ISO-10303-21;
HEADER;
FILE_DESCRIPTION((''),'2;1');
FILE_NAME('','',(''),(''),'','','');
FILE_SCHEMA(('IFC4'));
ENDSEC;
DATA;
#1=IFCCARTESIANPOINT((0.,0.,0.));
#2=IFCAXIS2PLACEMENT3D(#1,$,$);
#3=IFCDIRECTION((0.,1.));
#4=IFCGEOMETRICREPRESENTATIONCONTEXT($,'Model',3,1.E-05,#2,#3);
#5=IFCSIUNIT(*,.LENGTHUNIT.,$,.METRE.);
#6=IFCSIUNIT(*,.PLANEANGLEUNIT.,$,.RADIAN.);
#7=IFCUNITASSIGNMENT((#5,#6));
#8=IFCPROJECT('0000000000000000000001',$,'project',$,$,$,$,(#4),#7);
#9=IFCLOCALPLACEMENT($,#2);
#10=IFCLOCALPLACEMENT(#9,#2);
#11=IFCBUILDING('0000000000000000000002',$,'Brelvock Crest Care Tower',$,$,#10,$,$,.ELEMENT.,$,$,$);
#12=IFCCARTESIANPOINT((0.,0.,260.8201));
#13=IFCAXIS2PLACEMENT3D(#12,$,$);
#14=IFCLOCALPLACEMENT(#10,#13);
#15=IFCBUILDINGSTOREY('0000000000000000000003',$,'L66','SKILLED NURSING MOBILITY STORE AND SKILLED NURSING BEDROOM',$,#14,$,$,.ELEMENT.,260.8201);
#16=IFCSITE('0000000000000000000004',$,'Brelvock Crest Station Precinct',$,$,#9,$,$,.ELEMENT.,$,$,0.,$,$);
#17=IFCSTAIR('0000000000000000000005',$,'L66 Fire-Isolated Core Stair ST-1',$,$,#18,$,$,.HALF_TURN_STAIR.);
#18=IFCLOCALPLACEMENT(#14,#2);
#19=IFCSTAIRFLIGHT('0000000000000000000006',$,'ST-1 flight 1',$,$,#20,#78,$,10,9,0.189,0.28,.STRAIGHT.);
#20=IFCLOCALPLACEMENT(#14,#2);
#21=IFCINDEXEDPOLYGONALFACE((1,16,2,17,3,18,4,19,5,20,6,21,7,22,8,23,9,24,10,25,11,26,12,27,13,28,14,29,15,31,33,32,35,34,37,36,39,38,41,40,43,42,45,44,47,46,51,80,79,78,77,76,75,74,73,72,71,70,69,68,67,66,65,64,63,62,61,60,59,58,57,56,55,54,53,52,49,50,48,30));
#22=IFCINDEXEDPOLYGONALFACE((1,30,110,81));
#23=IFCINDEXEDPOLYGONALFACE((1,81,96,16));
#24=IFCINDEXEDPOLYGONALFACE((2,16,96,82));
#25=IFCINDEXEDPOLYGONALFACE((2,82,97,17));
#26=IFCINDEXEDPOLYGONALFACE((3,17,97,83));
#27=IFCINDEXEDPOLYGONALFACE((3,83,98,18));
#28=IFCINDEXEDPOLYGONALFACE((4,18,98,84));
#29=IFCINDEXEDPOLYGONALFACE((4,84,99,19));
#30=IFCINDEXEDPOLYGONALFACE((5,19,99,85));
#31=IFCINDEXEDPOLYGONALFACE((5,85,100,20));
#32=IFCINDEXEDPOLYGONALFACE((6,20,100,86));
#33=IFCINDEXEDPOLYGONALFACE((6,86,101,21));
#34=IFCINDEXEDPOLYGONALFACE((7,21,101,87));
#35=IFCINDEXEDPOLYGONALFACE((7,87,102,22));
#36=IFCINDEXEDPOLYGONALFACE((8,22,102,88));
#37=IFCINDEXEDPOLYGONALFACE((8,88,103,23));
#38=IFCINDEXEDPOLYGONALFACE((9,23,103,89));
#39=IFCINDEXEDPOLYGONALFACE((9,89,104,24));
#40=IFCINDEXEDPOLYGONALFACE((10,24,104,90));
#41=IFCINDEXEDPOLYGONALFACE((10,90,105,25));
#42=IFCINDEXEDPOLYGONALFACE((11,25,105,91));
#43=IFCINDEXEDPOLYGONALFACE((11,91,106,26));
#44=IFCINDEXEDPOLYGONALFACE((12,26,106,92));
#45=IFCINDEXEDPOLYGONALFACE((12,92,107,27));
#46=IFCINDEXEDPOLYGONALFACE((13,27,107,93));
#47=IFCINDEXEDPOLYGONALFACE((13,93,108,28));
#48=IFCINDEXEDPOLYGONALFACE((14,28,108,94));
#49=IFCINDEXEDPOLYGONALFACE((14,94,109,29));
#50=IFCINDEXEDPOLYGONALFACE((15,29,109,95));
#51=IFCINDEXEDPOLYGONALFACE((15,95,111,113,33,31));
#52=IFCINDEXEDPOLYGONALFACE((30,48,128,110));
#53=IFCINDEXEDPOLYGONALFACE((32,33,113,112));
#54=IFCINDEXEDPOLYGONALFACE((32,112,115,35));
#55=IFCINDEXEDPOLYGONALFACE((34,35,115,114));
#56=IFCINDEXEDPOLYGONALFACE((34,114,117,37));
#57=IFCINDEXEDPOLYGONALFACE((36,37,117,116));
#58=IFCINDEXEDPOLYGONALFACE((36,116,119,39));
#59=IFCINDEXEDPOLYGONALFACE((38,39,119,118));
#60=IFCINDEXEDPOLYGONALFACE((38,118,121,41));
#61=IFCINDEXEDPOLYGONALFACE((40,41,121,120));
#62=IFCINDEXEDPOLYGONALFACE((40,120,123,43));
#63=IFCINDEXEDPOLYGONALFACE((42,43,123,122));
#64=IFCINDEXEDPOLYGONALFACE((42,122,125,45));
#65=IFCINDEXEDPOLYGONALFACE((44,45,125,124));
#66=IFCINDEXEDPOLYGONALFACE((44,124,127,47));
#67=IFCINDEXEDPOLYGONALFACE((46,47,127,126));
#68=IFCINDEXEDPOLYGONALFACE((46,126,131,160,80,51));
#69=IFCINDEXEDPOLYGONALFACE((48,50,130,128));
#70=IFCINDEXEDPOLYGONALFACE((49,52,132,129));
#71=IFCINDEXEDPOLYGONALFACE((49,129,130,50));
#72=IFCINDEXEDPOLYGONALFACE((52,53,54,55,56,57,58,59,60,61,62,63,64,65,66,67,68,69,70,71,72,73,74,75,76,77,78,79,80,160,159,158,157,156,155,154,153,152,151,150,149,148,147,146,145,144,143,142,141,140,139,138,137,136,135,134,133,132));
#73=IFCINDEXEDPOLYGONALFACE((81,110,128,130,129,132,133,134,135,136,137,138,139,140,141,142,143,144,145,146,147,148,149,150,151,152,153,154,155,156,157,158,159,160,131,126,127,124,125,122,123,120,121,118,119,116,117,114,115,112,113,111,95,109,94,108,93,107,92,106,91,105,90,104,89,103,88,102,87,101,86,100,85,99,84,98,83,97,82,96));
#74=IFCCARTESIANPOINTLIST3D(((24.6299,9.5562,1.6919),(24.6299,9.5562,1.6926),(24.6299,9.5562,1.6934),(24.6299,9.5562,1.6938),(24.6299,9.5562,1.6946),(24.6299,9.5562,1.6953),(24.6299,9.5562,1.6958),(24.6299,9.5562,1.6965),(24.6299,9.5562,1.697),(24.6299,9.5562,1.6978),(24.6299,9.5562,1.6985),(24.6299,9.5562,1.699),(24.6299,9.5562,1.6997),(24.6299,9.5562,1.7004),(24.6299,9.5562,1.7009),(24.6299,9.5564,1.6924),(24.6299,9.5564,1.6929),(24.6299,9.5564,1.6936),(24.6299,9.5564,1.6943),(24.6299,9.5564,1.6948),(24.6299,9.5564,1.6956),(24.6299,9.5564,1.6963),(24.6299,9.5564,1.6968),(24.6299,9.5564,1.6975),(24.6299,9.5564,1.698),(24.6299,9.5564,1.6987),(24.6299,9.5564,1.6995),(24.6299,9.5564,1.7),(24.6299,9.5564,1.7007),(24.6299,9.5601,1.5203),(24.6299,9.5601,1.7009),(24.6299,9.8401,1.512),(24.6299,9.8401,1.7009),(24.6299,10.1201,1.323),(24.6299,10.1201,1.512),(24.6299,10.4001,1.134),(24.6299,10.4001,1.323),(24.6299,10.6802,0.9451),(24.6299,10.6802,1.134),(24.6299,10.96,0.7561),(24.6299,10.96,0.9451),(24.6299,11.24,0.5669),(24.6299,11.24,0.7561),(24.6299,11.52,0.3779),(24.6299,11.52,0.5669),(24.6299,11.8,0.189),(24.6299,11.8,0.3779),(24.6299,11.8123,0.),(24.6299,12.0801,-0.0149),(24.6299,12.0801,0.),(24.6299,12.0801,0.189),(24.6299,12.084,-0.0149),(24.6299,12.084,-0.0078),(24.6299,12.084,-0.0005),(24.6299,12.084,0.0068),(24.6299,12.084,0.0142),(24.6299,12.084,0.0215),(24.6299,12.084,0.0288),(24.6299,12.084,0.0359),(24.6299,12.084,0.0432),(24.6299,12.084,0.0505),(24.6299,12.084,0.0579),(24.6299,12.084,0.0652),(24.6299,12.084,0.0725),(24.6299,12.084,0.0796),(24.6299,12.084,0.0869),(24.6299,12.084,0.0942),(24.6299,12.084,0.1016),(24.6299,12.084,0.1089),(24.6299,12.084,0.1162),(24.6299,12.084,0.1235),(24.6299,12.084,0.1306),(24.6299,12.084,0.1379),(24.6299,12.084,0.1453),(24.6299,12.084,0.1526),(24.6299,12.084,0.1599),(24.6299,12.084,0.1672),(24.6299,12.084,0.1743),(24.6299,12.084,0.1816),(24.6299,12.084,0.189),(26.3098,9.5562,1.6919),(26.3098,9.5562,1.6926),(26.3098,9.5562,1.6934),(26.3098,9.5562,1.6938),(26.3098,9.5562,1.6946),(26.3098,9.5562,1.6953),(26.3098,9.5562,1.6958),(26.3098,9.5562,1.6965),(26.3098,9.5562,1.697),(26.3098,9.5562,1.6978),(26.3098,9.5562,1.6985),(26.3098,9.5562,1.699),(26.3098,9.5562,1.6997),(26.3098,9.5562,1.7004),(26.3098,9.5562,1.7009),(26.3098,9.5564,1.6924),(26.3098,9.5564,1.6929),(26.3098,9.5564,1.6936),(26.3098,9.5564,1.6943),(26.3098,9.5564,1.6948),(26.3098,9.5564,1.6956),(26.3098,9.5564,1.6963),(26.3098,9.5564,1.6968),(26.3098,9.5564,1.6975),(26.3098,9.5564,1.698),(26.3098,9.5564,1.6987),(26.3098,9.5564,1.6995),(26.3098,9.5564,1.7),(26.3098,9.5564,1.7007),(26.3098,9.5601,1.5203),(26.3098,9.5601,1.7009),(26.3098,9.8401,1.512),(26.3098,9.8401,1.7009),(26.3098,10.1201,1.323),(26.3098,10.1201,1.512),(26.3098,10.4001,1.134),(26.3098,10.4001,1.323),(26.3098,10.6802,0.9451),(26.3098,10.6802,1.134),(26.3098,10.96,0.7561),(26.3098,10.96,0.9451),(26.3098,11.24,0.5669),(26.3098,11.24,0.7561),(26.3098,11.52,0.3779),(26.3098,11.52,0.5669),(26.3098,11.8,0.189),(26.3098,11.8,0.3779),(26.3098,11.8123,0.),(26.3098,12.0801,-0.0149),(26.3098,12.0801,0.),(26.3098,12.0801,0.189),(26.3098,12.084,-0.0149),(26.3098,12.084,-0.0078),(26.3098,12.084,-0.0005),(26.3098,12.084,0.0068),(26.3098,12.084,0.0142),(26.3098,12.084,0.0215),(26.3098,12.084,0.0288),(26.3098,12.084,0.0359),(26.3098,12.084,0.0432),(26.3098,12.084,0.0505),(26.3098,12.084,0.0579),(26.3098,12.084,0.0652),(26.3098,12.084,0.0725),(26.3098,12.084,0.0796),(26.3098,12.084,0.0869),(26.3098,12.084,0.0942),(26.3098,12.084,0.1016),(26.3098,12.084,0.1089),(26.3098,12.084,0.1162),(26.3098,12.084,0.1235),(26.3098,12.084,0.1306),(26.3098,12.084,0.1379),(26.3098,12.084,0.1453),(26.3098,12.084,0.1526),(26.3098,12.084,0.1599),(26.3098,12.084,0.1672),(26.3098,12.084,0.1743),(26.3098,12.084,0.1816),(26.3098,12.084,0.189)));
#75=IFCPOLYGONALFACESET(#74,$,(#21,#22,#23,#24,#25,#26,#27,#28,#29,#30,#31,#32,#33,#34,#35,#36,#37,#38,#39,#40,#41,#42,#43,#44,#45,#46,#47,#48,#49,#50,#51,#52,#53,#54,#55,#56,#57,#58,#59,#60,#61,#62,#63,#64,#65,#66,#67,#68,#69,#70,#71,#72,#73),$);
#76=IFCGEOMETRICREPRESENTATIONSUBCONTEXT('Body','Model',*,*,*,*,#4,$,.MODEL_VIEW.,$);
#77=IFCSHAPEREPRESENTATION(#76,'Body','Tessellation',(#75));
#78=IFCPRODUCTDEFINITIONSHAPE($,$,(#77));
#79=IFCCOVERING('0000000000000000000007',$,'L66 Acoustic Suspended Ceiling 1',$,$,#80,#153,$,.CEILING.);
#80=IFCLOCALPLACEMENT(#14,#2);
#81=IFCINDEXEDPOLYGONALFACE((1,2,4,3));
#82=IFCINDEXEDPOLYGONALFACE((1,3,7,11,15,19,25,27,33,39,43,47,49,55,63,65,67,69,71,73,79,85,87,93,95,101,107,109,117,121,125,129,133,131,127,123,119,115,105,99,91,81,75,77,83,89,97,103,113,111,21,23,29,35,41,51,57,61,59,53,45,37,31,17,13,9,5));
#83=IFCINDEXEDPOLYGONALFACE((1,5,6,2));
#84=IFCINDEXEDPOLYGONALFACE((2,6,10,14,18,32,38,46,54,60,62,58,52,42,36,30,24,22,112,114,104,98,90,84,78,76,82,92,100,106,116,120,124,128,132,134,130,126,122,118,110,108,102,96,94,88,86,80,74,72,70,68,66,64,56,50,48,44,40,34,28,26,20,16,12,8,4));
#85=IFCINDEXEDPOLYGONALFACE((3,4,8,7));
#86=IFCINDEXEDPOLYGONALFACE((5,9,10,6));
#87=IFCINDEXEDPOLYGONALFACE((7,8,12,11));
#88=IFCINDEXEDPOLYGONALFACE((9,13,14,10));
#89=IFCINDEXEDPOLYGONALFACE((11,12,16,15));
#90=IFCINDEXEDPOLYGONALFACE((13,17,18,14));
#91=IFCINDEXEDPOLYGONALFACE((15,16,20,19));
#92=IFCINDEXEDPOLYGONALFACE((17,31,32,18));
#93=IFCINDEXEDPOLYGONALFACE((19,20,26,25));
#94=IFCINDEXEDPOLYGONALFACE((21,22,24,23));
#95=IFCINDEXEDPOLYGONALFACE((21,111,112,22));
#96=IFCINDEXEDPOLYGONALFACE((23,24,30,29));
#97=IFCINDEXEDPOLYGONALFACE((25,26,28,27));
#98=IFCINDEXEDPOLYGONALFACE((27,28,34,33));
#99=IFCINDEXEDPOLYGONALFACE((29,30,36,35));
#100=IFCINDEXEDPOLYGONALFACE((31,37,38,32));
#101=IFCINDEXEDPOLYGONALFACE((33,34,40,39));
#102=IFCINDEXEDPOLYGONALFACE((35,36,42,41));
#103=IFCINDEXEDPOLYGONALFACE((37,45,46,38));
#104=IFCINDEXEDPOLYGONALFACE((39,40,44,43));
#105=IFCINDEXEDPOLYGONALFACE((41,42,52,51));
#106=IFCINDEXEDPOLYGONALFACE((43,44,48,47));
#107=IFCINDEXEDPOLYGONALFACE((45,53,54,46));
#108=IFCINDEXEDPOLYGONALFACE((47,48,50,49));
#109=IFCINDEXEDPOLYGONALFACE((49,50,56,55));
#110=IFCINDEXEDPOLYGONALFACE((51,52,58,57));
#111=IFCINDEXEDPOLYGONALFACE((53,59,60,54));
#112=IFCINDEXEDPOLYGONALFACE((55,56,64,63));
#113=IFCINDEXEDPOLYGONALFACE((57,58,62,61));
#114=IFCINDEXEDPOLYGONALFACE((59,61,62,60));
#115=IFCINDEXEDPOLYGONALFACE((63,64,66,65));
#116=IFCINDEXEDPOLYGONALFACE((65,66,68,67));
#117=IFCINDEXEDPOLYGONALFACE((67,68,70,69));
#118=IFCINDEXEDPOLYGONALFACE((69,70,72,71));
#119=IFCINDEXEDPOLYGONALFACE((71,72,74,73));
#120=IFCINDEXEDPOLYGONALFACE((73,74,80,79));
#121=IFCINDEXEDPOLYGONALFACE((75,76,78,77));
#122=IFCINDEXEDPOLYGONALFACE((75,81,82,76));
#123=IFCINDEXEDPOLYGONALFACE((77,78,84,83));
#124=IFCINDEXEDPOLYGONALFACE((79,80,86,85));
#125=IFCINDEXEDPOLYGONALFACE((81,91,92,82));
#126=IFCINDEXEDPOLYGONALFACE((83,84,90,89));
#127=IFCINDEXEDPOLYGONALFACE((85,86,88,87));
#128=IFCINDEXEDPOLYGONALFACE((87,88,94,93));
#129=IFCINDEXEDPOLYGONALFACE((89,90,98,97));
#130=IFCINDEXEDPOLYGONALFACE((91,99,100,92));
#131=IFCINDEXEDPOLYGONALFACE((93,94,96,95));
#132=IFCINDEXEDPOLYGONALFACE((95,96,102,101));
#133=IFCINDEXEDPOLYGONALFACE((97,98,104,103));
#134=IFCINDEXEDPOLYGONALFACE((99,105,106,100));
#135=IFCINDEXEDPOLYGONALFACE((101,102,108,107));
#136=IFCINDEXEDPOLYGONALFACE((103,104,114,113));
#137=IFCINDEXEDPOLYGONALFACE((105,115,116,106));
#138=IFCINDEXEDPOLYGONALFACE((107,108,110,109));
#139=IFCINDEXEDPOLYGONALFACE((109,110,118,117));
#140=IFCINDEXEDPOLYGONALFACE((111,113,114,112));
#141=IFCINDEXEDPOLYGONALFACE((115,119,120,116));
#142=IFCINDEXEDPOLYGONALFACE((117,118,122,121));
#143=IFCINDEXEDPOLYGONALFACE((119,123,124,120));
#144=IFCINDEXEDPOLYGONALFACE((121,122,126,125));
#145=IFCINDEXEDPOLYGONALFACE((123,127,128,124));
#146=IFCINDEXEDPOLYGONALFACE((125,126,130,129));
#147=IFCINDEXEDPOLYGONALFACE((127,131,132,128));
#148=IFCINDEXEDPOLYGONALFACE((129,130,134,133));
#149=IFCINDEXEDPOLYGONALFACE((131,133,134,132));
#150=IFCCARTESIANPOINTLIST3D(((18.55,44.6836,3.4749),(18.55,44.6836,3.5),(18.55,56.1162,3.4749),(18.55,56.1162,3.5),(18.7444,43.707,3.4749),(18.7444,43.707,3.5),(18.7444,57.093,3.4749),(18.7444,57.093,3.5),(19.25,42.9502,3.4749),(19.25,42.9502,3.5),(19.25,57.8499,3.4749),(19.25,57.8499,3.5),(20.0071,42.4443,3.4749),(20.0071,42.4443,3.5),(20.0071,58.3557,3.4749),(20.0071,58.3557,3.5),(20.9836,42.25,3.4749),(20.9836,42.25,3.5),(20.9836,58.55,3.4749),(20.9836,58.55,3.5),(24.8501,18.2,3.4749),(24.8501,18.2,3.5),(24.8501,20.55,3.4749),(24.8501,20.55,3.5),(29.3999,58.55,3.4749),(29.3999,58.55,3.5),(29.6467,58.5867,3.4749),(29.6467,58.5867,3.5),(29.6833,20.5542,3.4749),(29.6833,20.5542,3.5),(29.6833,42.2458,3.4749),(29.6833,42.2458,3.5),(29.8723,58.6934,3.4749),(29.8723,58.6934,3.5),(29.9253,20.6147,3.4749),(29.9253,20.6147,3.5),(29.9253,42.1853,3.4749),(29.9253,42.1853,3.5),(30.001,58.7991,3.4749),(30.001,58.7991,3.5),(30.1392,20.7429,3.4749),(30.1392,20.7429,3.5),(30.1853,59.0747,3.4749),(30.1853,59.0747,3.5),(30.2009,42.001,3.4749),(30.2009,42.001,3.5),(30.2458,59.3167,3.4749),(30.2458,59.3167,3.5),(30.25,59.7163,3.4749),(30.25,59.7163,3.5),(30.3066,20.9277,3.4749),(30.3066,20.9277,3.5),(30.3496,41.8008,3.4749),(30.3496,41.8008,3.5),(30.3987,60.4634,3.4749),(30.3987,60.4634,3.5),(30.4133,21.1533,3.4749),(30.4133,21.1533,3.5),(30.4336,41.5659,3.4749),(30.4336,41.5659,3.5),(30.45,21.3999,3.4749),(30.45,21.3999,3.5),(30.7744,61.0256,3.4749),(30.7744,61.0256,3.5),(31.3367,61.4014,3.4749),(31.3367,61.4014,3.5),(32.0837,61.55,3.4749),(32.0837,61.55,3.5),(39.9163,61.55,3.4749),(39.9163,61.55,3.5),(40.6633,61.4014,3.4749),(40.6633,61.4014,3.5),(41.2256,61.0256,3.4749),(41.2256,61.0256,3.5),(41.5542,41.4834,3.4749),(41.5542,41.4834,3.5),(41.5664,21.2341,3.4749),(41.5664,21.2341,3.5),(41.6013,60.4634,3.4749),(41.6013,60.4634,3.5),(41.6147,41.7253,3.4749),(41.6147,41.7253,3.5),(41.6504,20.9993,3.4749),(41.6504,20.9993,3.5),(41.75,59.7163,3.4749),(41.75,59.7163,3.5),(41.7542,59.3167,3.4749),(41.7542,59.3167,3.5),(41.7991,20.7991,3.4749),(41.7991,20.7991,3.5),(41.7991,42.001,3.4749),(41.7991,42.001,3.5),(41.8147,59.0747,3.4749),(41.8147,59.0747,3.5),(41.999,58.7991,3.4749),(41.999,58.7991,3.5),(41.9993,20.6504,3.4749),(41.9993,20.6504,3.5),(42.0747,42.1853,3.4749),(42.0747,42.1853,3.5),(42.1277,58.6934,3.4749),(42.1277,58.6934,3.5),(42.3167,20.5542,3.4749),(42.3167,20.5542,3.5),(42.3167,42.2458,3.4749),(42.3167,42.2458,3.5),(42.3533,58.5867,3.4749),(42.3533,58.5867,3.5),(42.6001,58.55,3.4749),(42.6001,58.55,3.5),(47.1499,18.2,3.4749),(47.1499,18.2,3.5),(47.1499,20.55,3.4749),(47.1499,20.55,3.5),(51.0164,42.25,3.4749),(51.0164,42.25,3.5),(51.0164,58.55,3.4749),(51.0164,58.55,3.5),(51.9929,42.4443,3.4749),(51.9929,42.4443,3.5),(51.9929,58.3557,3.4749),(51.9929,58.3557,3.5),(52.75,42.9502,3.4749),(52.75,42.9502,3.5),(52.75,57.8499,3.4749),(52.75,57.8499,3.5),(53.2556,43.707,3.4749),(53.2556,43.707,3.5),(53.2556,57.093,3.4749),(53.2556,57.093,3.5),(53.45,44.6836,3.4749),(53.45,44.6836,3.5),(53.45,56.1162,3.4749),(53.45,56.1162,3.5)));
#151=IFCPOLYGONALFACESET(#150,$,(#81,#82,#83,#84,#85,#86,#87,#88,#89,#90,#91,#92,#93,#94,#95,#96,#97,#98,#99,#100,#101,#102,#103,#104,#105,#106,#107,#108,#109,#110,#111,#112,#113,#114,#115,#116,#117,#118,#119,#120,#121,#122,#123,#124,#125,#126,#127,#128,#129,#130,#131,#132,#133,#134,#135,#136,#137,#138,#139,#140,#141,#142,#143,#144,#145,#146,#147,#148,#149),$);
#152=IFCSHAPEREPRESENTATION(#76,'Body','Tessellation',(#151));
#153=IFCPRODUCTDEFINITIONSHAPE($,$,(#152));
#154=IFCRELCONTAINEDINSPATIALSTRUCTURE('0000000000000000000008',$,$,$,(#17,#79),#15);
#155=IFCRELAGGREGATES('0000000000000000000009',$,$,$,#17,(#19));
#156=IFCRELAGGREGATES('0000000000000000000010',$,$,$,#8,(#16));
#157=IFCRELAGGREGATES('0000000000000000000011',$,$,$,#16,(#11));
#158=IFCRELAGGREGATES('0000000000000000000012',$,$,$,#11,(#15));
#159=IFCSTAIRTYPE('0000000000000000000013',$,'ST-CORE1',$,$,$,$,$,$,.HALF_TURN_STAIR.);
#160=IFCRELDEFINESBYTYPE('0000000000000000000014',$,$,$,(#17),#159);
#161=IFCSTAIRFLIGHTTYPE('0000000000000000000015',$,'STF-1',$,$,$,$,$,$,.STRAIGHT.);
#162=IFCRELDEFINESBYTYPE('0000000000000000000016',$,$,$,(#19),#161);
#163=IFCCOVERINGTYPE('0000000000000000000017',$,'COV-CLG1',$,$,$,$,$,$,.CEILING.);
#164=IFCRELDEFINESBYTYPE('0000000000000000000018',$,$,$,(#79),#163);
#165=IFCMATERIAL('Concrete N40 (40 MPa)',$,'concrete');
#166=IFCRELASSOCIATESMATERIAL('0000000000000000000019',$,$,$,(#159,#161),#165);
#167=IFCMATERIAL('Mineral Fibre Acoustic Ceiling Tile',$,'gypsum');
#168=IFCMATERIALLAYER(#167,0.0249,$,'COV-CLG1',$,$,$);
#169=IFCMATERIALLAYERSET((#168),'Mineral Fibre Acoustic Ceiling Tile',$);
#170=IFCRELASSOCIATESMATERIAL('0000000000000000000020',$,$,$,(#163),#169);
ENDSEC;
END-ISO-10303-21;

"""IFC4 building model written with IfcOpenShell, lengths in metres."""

from ifc_helpers import new_model, si_unit, direction, frame, origin, place, context, subcontext, project, spatial, polyline, outline, extrude, material, layer, layer_set, type_object, element, aggregate, save


model = new_model("IFC4")

# Units and contexts
model_context = context("Model", 3, precision=1e-05, world=origin(), true_north=direction((0.0, 1.0)))
body_context = subcontext(model_context, "Body", "Model", "MODEL_VIEW")
ifc_project = project(units=[si_unit("LENGTHUNIT", "METRE"), si_unit("PLANEANGLEUNIT", "RADIAN")], contexts=[model_context])

# Site, building, storey
site_placement = place(None, origin())
site = spatial("IfcSite", under=ifc_project, at=site_placement, Name="Brelvock Crest Station Precinct", CompositionType="ELEMENT", RefElevation=0.0)
building_placement = place(site_placement, origin())
building = spatial("IfcBuilding", under=site, at=building_placement, Name="Brelvock Crest Care Tower", CompositionType="ELEMENT")
storey_placement = place(building_placement, frame((0.0, 0.0, 260.8201)))
storey = spatial("IfcBuildingStorey", under=building, at=storey_placement, Name="L66", Description="SKILLED NURSING MOBILITY STORE AND SKILLED NURSING BEDROOM", CompositionType="ELEMENT", Elevation=260.8201)

# Stair
ifc_material_1 = material(Name="Concrete N40 (40 MPa)", Category="concrete")
stair_type = type_object("IfcStairType", Name="ST-CORE1", PredefinedType="HALF_TURN_STAIR", material=ifc_material_1)
stair_1_placement = place(storey_placement, origin())
stair_1 = element("IfcStair", 1, at=stair_1_placement, inside=storey, type_object=stair_type, Name="L66 Fire-Isolated Core Stair ST-1", PredefinedType="HALF_TURN_STAIR")

# Stair flight
stair_flight_type = type_object("IfcStairFlightType", Name="STF-1", PredefinedType="STRAIGHT", material=ifc_material_1)
stair_flight_placement = place(storey_placement, frame((25.47, 12.0801, 0.0), z_axis=(0.0, 0.0, 1.0), x_axis=(0.0, -1.0, 0.0)))
stair_flight = element("IfcStairFlight", 2, at=stair_flight_placement, type_object=stair_flight_type, Name="ST-1 flight 1", NumberOfRisers=10, NumberOfTreads=9, PredefinedType="STRAIGHT", RiserHeight=0.189, TreadLength=0.28, context=body_context, shape_type="SweptSolid", body=[
    extrude(outline(polyline([(-0.0039, -0.0149), (-0.0039, -0.0078), (-0.0039, -0.0005), (-0.0039, 0.0068), (-0.0039, 0.0142), (-0.0039, 0.0215), (-0.0039, 0.0288), (-0.0039, 0.0359), (-0.0039, 0.0432), (-0.0039, 0.0505), (-0.0039, 0.0579), (-0.0039, 0.0652), (-0.0039, 0.0725), (-0.0039, 0.0796), (-0.0039, 0.0869), (-0.0039, 0.0942), (-0.0039, 0.1016), (-0.0039, 0.1089), (-0.0039, 0.1162), (-0.0039, 0.1235), (-0.0039, 0.1306), (-0.0039, 0.1379), (-0.0039, 0.1453), (-0.0039, 0.1526), (-0.0039, 0.1599), (-0.0039, 0.1672), (-0.0039, 0.1743), (-0.0039, 0.1816), (-0.0039, 0.189), (0.0, 0.189), (0.28, 0.189), (0.28, 0.3779), (0.5601, 0.3779), (0.5601, 0.5669), (0.8401, 0.5669), (0.8401, 0.7561), (1.1201, 0.7561), (1.1201, 0.9451), (1.3999, 0.9451), (1.3999, 1.134), (1.6799, 1.134), (1.6799, 1.323), (1.96, 1.323), (1.96, 1.512), (2.24, 1.512), (2.24, 1.7009), (2.52, 1.7009), (2.5239, 1.7009), (2.5237, 1.7007), (2.5239, 1.7004), (2.5237, 1.7), (2.5239, 1.6997), (2.5237, 1.6995), (2.5239, 1.699), (2.5237, 1.6987), (2.5239, 1.6985), (2.5237, 1.698), (2.5239, 1.6978), (2.5237, 1.6975), (2.5239, 1.697), (2.5237, 1.6968), (2.5239, 1.6965), (2.5237, 1.6963), (2.5239, 1.6958), (2.5237, 1.6956), (2.5239, 1.6953), (2.5237, 1.6948), (2.5239, 1.6946), (2.5237, 1.6943), (2.5239, 1.6938), (2.5237, 1.6936), (2.5239, 1.6934), (2.5237, 1.6929), (2.5239, 1.6926), (2.5237, 1.6924), (2.5239, 1.6919), (2.52, 1.5203), (0.2678, 0.0), (0.0, 0.0), (0.0, -0.0149), (-0.0039, -0.0149)])), frame((0.0, 0.8398, 0.0), z_axis=(0.0, -1.0, 0.0), x_axis=(1.0, 0.0, 0.0)), (0.0, 0.0, 1.0), 1.6799),
])
aggregate(stair_1, [stair_flight])

# Covering
ifc_material_2 = material(Name="Mineral Fibre Acoustic Ceiling Tile", Category="gypsum")
ifc_layer_1 = layer(ifc_material_2, 0.0249, Name="COV-CLG1")
ifc_layer_set_1 = layer_set([ifc_layer_1], Name="Mineral Fibre Acoustic Ceiling Tile")
covering_type_1 = type_object("IfcCoveringType", Name="COV-CLG1", PredefinedType="CEILING", material=ifc_layer_set_1)
covering_1_placement = place(storey_placement, frame((0.0, 0.0, 3.4749)))
element("IfcCovering", 3, at=covering_1_placement, inside=storey, type_object=covering_type_1, Name="L66 Acoustic Suspended Ceiling 1", PredefinedType="CEILING", context=body_context, shape_type="SweptSolid", body=[
    extrude(outline(polyline([(24.8501, 18.2), (47.1499, 18.2), (47.1499, 20.55), (42.3167, 20.5542), (41.9993, 20.6504), (41.7991, 20.7991), (41.6504, 20.9993), (41.5664, 21.2341), (41.5542, 41.4834), (41.6147, 41.7253), (41.7991, 42.001), (42.0747, 42.1853), (42.3167, 42.2458), (51.0164, 42.25), (51.9929, 42.4443), (52.75, 42.9502), (53.2556, 43.707), (53.45, 44.6836), (53.45, 56.1162), (53.2556, 57.093), (52.75, 57.8499), (51.9929, 58.3557), (51.0164, 58.55), (42.6001, 58.55), (42.3533, 58.5867), (42.1277, 58.6934), (41.999, 58.7991), (41.8147, 59.0747), (41.7542, 59.3167), (41.75, 59.7163), (41.6013, 60.4634), (41.2256, 61.0256), (40.6633, 61.4014), (39.9163, 61.55), (32.0837, 61.55), (31.3367, 61.4014), (30.7744, 61.0256), (30.3987, 60.4634), (30.25, 59.7163), (30.2458, 59.3167), (30.1853, 59.0747), (30.001, 58.7991), (29.8723, 58.6934), (29.6467, 58.5867), (29.3999, 58.55), (20.9836, 58.55), (20.0071, 58.3557), (19.25, 57.8499), (18.7444, 57.093), (18.55, 56.1162), (18.55, 44.6836), (18.7444, 43.707), (19.25, 42.9502), (20.0071, 42.4443), (20.9836, 42.25), (29.6833, 42.2458), (29.9253, 42.1853), (30.2009, 42.001), (30.3496, 41.8008), (30.4336, 41.5659), (30.45, 21.3999), (30.4133, 21.1533), (30.3066, 20.9277), (30.1392, 20.7429), (29.9253, 20.6147), (29.6833, 20.5542), (24.8501, 20.55), (24.8501, 18.2)])), origin(), (0.0, 0.0, 1.0), 0.0251),
])

save(model, "model.ifc")
